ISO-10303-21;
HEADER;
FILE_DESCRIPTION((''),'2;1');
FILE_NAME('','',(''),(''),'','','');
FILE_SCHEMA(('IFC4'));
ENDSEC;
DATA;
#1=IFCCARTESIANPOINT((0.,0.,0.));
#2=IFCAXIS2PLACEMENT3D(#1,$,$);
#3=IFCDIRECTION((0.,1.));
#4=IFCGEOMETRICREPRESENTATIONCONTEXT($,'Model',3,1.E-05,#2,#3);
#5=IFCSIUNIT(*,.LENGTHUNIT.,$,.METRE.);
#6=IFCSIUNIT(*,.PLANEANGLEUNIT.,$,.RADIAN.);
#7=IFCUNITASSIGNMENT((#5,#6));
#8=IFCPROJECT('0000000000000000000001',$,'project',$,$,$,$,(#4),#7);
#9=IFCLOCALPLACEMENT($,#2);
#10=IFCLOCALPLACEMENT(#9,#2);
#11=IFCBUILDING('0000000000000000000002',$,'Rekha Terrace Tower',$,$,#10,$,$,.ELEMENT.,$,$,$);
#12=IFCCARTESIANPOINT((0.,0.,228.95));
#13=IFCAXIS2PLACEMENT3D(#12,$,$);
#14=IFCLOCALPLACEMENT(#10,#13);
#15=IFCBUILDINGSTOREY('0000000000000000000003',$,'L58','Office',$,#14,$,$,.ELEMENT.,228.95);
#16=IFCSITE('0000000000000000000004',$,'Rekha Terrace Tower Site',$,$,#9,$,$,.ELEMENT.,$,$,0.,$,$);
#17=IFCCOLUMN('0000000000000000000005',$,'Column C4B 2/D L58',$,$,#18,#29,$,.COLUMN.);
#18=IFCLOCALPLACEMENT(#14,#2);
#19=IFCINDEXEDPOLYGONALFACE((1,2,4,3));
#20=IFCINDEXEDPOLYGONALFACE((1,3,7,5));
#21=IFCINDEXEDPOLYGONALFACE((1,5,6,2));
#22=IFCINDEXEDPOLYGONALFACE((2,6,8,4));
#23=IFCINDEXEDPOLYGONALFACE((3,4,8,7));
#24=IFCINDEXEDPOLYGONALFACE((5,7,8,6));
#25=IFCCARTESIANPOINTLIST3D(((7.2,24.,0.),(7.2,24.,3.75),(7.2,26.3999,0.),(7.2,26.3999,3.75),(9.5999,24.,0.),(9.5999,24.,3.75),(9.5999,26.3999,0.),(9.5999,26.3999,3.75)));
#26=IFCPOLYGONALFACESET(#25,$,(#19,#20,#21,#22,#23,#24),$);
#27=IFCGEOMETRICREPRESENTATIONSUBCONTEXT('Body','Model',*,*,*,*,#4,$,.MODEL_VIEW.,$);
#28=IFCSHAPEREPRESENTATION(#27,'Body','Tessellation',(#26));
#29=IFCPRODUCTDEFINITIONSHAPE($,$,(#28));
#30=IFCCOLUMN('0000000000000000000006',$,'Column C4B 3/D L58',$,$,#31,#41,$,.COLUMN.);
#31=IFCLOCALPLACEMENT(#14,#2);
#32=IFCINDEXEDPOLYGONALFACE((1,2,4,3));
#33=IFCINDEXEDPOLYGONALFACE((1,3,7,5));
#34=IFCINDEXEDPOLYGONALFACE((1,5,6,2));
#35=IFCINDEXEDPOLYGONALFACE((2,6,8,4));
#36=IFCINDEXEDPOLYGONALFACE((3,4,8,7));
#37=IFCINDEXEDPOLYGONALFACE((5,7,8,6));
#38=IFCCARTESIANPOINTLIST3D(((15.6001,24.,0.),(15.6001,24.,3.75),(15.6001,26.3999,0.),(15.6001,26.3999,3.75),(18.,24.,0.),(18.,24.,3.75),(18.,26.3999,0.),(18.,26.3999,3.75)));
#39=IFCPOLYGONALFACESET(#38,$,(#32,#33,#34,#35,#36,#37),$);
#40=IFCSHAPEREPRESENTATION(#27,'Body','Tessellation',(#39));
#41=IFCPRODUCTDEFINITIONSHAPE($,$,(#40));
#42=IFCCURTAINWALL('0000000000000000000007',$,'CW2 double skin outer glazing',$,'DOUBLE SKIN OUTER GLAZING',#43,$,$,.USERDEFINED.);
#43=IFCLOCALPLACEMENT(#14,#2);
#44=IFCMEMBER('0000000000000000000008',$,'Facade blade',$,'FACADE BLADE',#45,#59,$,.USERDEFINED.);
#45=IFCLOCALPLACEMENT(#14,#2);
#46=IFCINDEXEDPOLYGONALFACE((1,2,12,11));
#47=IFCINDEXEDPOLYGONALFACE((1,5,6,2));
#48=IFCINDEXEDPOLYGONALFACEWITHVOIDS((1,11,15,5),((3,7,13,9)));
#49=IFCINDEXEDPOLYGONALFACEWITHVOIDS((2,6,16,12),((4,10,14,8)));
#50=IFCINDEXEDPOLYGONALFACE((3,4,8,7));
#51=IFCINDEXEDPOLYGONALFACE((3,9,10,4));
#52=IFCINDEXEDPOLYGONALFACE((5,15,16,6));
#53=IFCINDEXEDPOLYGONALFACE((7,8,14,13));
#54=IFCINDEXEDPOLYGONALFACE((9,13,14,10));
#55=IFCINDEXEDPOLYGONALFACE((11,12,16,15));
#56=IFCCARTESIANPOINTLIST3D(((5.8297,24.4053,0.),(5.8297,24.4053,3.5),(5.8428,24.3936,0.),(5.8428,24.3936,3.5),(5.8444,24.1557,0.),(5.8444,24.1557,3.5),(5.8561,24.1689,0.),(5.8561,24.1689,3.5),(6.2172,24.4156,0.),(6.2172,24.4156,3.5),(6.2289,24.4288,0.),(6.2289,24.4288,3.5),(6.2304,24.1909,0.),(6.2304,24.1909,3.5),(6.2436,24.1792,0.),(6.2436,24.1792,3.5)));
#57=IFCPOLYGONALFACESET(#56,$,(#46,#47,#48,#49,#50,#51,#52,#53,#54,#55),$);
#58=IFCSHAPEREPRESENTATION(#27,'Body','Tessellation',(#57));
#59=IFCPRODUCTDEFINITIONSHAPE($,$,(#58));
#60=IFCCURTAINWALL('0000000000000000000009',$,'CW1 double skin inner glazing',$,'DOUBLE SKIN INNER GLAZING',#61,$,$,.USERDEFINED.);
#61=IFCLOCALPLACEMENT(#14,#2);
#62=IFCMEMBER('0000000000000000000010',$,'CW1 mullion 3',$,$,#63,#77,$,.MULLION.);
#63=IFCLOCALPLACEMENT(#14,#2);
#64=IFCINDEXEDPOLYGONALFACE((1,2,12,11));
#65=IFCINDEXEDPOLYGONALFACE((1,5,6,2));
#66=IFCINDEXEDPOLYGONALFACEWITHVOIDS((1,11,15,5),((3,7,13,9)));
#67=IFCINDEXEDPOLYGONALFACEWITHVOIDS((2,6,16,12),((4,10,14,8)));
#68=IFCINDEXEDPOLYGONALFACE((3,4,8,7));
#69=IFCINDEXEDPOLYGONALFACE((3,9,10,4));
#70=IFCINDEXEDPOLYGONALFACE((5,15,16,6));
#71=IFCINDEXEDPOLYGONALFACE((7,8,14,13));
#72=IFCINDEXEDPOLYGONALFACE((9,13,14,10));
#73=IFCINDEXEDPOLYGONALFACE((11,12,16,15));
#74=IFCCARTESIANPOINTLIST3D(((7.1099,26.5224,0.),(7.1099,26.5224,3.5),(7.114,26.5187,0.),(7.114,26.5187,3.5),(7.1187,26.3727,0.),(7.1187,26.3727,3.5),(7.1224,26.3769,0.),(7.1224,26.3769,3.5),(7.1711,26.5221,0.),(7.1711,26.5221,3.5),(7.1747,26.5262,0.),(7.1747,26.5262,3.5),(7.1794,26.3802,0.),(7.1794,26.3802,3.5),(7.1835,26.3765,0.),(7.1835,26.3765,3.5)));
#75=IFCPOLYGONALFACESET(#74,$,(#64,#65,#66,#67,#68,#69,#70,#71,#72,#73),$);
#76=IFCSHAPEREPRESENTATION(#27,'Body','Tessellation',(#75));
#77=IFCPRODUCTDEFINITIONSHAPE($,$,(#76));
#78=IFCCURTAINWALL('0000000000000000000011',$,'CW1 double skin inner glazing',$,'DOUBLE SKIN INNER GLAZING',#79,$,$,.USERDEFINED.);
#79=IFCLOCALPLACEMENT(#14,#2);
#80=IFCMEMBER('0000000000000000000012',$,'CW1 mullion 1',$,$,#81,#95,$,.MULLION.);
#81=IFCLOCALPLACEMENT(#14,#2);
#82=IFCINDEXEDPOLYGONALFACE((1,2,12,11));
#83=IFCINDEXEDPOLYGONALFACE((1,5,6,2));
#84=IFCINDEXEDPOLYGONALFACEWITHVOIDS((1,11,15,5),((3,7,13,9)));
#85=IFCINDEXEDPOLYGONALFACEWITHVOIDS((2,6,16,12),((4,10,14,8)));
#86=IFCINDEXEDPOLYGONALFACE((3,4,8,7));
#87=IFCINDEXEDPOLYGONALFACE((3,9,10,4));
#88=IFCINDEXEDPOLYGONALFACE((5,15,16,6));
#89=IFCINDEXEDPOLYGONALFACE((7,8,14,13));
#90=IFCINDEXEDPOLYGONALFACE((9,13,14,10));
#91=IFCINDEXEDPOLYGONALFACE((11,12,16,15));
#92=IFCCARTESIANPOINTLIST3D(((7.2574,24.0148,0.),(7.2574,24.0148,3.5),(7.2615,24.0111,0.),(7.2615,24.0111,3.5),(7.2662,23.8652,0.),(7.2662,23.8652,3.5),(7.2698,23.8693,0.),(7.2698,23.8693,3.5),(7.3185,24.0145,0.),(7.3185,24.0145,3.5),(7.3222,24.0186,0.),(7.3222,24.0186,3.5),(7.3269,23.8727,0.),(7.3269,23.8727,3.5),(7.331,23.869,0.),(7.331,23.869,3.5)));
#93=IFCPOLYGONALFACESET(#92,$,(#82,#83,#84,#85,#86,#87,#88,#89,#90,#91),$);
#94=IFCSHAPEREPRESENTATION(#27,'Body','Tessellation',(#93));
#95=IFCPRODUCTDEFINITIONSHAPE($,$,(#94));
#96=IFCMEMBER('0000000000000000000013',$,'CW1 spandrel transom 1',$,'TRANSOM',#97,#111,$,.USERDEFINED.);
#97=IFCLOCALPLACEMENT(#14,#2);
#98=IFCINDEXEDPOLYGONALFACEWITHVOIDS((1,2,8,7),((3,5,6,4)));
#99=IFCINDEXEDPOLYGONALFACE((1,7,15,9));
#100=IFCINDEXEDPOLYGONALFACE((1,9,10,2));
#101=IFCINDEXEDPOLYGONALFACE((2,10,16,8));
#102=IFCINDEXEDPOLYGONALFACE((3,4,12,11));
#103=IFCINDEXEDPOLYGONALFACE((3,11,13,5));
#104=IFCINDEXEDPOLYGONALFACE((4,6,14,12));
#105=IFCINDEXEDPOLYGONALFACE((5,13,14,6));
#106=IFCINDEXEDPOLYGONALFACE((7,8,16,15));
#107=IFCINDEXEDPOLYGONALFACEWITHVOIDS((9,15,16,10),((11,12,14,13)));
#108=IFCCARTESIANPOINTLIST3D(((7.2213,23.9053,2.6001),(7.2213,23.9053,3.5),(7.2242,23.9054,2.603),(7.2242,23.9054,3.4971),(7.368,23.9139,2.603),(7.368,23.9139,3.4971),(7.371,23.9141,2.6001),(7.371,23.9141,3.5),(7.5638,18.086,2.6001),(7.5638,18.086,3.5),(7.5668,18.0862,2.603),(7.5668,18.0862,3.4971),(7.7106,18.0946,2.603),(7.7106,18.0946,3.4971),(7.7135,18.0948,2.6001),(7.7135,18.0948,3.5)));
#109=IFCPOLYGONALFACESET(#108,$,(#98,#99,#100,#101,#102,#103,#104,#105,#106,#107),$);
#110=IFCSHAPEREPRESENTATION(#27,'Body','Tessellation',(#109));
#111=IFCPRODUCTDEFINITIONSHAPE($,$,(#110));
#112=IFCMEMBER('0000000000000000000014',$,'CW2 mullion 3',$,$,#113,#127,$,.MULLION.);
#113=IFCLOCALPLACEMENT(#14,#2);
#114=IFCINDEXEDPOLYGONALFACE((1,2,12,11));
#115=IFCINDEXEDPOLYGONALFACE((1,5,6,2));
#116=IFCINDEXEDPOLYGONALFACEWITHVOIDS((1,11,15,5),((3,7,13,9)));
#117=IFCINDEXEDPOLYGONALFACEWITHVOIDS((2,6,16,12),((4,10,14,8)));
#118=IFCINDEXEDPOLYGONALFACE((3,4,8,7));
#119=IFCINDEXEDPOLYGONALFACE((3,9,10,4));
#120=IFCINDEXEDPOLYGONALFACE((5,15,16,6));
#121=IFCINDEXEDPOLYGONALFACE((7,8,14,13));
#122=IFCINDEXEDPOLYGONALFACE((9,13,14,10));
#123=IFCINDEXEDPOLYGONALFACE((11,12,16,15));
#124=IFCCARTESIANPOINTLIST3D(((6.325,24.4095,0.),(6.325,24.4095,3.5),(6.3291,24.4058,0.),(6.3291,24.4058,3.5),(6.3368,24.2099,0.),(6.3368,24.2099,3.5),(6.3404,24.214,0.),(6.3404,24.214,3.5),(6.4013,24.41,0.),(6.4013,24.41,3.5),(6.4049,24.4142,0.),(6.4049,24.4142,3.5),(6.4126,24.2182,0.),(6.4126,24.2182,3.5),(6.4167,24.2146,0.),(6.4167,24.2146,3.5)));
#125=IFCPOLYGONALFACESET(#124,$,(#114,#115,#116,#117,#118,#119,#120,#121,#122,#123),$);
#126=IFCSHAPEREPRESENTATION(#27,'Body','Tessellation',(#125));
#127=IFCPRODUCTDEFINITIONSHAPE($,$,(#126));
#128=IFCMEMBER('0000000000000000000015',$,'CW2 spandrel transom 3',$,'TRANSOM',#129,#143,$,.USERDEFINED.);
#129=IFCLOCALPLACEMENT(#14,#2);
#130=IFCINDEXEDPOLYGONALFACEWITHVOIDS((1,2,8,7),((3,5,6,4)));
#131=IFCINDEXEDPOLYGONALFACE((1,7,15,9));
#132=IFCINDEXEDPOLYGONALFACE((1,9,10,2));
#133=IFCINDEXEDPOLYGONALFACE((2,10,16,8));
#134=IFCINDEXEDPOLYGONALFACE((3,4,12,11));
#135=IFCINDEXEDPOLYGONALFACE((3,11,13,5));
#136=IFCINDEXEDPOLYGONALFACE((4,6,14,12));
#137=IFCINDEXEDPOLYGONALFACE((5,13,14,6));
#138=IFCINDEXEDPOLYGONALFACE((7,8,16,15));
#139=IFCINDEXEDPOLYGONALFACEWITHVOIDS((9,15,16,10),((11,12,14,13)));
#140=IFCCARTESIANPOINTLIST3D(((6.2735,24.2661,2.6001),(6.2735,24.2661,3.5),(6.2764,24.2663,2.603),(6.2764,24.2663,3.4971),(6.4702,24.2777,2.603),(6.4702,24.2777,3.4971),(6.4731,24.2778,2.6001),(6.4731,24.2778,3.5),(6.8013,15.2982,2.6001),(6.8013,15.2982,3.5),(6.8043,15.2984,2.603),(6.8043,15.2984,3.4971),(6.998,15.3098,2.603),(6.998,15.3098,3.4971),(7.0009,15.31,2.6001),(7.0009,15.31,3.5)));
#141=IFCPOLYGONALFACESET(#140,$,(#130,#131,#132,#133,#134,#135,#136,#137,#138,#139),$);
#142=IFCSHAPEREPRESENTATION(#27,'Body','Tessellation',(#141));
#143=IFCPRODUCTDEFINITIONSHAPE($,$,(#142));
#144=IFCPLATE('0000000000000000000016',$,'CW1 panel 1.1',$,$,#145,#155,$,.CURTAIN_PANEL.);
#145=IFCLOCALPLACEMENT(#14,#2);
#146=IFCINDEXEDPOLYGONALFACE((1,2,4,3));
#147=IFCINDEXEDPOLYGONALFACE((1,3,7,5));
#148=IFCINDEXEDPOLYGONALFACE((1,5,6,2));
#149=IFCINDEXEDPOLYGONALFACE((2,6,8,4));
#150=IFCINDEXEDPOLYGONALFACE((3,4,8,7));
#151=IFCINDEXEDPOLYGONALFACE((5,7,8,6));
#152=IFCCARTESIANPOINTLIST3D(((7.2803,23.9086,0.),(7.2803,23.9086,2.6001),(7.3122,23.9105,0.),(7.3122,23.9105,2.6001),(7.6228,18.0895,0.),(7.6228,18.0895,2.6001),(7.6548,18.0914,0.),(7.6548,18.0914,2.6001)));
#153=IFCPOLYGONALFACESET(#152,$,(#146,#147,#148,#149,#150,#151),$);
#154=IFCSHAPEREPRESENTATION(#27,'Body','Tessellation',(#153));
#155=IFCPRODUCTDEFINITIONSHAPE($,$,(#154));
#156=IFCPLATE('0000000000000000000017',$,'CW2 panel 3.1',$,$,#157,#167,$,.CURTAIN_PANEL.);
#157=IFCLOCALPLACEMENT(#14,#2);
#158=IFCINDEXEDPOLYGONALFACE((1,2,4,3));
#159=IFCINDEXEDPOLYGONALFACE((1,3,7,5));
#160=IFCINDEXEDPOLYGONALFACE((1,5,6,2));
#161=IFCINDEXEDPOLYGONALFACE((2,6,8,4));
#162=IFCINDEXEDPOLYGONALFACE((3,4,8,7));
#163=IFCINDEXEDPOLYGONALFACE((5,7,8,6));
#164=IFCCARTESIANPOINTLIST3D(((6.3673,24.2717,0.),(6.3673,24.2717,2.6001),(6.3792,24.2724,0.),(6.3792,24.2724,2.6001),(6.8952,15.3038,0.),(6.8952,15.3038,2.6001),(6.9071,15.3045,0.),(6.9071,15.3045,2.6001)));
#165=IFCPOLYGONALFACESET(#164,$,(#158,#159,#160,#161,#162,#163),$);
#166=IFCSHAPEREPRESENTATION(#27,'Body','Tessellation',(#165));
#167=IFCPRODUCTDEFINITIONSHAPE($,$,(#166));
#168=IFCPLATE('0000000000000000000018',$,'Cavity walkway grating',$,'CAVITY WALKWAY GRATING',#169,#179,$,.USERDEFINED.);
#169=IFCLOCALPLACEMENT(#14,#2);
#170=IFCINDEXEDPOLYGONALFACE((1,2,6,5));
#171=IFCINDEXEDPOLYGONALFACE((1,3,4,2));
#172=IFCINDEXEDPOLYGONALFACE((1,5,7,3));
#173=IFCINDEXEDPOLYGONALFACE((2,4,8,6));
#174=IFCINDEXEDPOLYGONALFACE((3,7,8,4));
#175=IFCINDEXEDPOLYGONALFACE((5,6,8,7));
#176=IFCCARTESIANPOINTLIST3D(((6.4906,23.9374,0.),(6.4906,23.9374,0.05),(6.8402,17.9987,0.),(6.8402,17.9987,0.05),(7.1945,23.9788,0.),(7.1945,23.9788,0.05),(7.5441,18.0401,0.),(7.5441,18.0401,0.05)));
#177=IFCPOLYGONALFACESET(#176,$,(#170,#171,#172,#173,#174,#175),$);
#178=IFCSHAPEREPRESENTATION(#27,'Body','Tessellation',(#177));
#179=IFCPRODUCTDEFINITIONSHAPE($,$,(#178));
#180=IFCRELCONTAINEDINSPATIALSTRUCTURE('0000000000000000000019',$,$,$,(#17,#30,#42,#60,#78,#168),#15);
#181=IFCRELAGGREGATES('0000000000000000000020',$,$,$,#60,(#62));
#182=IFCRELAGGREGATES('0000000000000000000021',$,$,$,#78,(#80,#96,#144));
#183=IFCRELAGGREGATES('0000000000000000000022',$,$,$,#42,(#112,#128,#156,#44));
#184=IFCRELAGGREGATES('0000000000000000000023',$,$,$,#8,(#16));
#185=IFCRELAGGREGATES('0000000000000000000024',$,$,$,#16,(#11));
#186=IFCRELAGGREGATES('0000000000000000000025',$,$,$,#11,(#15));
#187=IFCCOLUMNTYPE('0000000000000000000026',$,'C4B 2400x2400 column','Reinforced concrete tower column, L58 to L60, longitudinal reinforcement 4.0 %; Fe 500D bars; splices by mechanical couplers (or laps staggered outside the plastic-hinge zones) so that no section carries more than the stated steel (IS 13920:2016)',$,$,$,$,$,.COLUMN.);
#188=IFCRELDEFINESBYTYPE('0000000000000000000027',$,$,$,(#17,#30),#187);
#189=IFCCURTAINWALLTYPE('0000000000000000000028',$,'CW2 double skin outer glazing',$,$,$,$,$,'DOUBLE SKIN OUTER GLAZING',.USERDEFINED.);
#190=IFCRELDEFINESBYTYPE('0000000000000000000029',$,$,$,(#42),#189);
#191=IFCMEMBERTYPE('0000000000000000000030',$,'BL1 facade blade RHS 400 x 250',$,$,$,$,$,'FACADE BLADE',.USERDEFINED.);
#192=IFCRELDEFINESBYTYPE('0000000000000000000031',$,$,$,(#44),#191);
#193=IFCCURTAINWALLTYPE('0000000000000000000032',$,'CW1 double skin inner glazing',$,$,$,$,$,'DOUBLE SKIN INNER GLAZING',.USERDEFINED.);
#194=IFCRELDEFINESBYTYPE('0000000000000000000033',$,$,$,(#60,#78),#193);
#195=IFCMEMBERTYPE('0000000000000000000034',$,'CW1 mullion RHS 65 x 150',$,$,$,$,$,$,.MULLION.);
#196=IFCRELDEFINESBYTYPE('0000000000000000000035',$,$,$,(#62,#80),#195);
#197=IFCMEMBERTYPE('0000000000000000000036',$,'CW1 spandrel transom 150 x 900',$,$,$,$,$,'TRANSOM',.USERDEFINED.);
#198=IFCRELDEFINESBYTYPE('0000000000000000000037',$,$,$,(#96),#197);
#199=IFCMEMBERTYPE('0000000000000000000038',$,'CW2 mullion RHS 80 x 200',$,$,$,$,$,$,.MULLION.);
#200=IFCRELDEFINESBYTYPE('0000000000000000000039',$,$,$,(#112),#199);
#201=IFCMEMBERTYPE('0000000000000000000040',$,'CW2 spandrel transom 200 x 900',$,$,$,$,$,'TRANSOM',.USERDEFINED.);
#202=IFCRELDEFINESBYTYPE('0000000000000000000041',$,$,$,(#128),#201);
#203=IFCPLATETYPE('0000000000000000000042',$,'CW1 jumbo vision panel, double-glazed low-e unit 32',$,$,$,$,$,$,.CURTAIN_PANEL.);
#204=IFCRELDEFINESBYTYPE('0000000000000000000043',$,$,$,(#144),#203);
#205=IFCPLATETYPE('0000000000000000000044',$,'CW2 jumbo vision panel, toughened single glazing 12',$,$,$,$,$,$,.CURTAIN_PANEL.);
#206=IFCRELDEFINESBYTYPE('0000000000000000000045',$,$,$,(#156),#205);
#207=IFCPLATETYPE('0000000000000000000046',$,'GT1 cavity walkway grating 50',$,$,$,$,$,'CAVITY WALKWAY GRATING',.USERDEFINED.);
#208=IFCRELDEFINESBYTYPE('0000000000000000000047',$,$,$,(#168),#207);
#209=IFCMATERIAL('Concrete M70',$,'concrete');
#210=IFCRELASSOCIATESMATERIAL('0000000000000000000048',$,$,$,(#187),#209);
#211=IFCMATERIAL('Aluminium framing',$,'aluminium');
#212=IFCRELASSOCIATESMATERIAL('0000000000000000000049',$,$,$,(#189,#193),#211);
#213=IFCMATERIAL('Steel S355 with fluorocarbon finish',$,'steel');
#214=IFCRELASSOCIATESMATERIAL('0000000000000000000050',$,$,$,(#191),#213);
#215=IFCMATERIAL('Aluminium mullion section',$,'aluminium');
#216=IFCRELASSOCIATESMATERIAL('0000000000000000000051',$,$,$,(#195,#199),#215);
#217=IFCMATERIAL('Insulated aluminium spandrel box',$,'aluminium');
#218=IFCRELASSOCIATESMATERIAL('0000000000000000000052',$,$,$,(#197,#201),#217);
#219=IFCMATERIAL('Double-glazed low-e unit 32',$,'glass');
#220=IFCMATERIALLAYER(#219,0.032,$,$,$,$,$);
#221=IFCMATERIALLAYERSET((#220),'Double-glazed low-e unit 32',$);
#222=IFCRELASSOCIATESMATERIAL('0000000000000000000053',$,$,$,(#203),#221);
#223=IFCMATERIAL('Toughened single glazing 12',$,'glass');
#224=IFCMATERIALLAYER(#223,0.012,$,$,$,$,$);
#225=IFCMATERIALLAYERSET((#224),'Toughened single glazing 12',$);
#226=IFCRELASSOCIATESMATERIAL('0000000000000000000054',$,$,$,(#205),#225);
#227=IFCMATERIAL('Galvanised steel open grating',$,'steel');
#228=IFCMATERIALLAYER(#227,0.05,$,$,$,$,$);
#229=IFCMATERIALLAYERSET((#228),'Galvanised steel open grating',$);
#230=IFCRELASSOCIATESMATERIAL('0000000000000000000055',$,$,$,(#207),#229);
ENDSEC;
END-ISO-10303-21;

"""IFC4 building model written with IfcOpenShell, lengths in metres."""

from ifc_helpers import new_model, si_unit, direction, frame, origin, origin_2d, place, context, subcontext, project, spatial, rectangle, hollow_rectangle, extrude, material, layer, layer_set, material_profile, profile_set, type_object, element, aggregate, save


model = new_model("IFC4")

# Units and contexts
model_context = context("Model", 3, precision=1e-05, world=origin(), true_north=direction((0.0, 1.0)))
body_context = subcontext(model_context, "Body", "Model", "MODEL_VIEW")
ifc_project = project(units=[si_unit("LENGTHUNIT", "METRE"), si_unit("PLANEANGLEUNIT", "RADIAN")], contexts=[model_context])

# Site, building, storey
site_placement = place(None, origin())
site = spatial("IfcSite", under=ifc_project, at=site_placement, Name="Rekha Terrace Tower Site", CompositionType="ELEMENT", RefElevation=0.0)
building_placement = place(site_placement, origin())
building = spatial("IfcBuilding", under=site, at=building_placement, Name="Rekha Terrace Tower", CompositionType="ELEMENT")
storey_placement = place(building_placement, frame((0.0, 0.0, 228.95)))
storey = spatial("IfcBuildingStorey", under=building, at=storey_placement, Name="L58", Description="Office", CompositionType="ELEMENT", Elevation=228.95)

# Columns
ifc_material_1 = material(Name="Concrete M70", Category="concrete")
ifc_material_profile_1 = material_profile(ifc_material_1, rectangle(XDim=2.3999, YDim=2.3999, at=origin_2d()), Name="RC 2400x2400")
ifc_profile_set_1 = profile_set([ifc_material_profile_1], Name="Concrete M70")
column_type = type_object("IfcColumnType", Name="C4B 2400x2400 column", Description="Reinforced concrete tower column, L58 to L60, longitudinal reinforcement 4.0 %; Fe 500D bars; splices by mechanical couplers (or laps staggered outside the plastic-hinge zones) so that no section carries more than the stated steel (IS 13920:2016)", PredefinedType="COLUMN", material=ifc_profile_set_1)
for number, where, z_axis, x_axis, name in (
    (1, (8.3999, 25.2, 0.0), (0.0, 0.0, 1.0), (1.0, 0.0, 0.0), "Column C4B 2/D L58"),
    (2, (16.8, 25.2, 0.0), (0.0, 0.0, 1.0), (1.0, 0.0, 0.0), "Column C4B 3/D L58"),
):
    element("IfcColumn", number, at=place(storey_placement, frame(where, z_axis=z_axis, x_axis=x_axis)), inside=storey, type_object=column_type, Name=name, PredefinedType="COLUMN", context=body_context, shape_type="SweptSolid", body=[
        extrude(rectangle(XDim=2.3999, YDim=2.3999, at=origin_2d()), origin(), (0.0, 0.0, 1.0), 3.75),
    ])

# Curtain walls, members
ifc_material_2 = material(Name="Aluminium framing", Category="aluminium")
curtain_wall_type_1 = type_object("IfcCurtainWallType", Name="CW2 double skin outer glazing", ElementType="DOUBLE SKIN OUTER GLAZING", PredefinedType="USERDEFINED", material=ifc_material_2)
curtain_wall_1_placement = place(storey_placement, origin())
curtain_wall_1 = element("IfcCurtainWall", 3, at=curtain_wall_1_placement, inside=storey, type_object=curtain_wall_type_1, Name="CW2 double skin outer glazing", ObjectType="DOUBLE SKIN OUTER GLAZING", PredefinedType="USERDEFINED")
ifc_material_3 = material(Name="Steel S355 with fluorocarbon finish", Category="steel")
ifc_material_profile_2 = material_profile(ifc_material_3, hollow_rectangle(XDim=0.25, YDim=0.3999, WallThickness=0.0125, at=origin_2d()), Name="RHS400x250x12.5")
ifc_profile_set_2 = profile_set([ifc_material_profile_2], Name="Steel S355 with fluorocarbon finish")
member_type_1 = type_object("IfcMemberType", Name="BL1 facade blade RHS 400 x 250", ElementType="FACADE BLADE", PredefinedType="USERDEFINED", material=ifc_profile_set_2)
member_1_placement = place(storey_placement, frame((6.0366, 24.2922, 0.0), z_axis=(0.0, 0.0, 1.0), x_axis=(0.058765, -0.998272, 0.0)))
member_1 = element("IfcMember", 4, at=member_1_placement, type_object=member_type_1, Name="Facade blade", ObjectType="FACADE BLADE", PredefinedType="USERDEFINED", context=body_context, shape_type="SweptSolid", body=[
    extrude(hollow_rectangle(XDim=0.25, YDim=0.3999, WallThickness=0.0125, at=origin_2d()), origin(), (0.0, 0.0, 1.0), 3.5),
])
curtain_wall_type_2 = type_object("IfcCurtainWallType", Name="CW1 double skin inner glazing", ElementType="DOUBLE SKIN INNER GLAZING", PredefinedType="USERDEFINED", material=ifc_material_2)
curtain_wall_2_placement = place(storey_placement, origin())
curtain_wall_2 = element("IfcCurtainWall", 5, at=curtain_wall_2_placement, inside=storey, type_object=curtain_wall_type_2, Name="CW1 double skin inner glazing", ObjectType="DOUBLE SKIN INNER GLAZING", PredefinedType="USERDEFINED")
ifc_material_4 = material(Name="Aluminium mullion section", Category="aluminium")
ifc_material_profile_3 = material_profile(ifc_material_4, hollow_rectangle(XDim=0.0649, YDim=0.1499, WallThickness=0.0039, at=origin_2d()), Name="AL RHS 65x150")
ifc_profile_set_3 = profile_set([ifc_material_profile_3], Name="Aluminium mullion section")
member_type_2 = type_object("IfcMemberType", Name="CW1 mullion RHS 65 x 150", PredefinedType="MULLION", material=ifc_profile_set_3)
member_2_placement = place(storey_placement, frame((7.1467, 26.4495, 0.0), z_axis=(0.0, 0.0, 1.0), x_axis=(0.998272, 0.058765, 0.0)))
member_2 = element("IfcMember", 6, at=member_2_placement, type_object=member_type_2, Name="CW1 mullion 3", PredefinedType="MULLION", context=body_context, shape_type="SweptSolid", body=[
    extrude(hollow_rectangle(XDim=0.0649, YDim=0.1499, WallThickness=0.0039, at=origin_2d()), origin(), (0.0, 0.0, 1.0), 3.5),
])
aggregate(curtain_wall_2, [member_2])

# Curtain wall, members
curtain_wall_3_placement = place(storey_placement, origin())
curtain_wall_3 = element("IfcCurtainWall", 7, at=curtain_wall_3_placement, inside=storey, type_object=curtain_wall_type_2, Name="CW1 double skin inner glazing", ObjectType="DOUBLE SKIN INNER GLAZING", PredefinedType="USERDEFINED")
member_3_placement = place(storey_placement, frame((7.2942, 23.9419, 0.0), z_axis=(0.0, 0.0, 1.0), x_axis=(0.998272, 0.058765, 0.0)))
member_3 = element("IfcMember", 8, at=member_3_placement, type_object=member_type_2, Name="CW1 mullion 1", PredefinedType="MULLION", context=body_context, shape_type="SweptSolid", body=[
    extrude(hollow_rectangle(XDim=0.0649, YDim=0.1499, WallThickness=0.0039, at=origin_2d()), origin(), (0.0, 0.0, 1.0), 3.5),
])
ifc_material_5 = material(Name="Insulated aluminium spandrel box", Category="aluminium")
ifc_material_profile_4 = material_profile(ifc_material_5, hollow_rectangle(XDim=0.1499, YDim=0.8999, WallThickness=0.0029, at=origin_2d()), Name="AL SPANDREL BOX 150x900")
ifc_profile_set_4 = profile_set([ifc_material_profile_4], Name="Insulated aluminium spandrel box")
member_type_3 = type_object("IfcMemberType", Name="CW1 spandrel transom 150 x 900", ElementType="TRANSOM", PredefinedType="USERDEFINED", material=ifc_profile_set_4)
member_4_placement = place(storey_placement, frame((7.2961, 23.9097, 3.05), z_axis=(0.058759, -0.998272, 0.0), x_axis=(0.998272, 0.058759, 0.0)))
member_4 = element("IfcMember", 9, at=member_4_placement, type_object=member_type_3, Name="CW1 spandrel transom 1", ObjectType="TRANSOM", PredefinedType="USERDEFINED", context=body_context, shape_type="SweptSolid", body=[
    extrude(hollow_rectangle(XDim=0.1499, YDim=0.8999, WallThickness=0.0029, at=origin_2d()), origin(), (0.0, 0.0, 1.0), 5.8293),
])

# Members
ifc_material_profile_5 = material_profile(ifc_material_4, hollow_rectangle(XDim=0.0801, YDim=0.2, WallThickness=0.0039, at=origin_2d()), Name="AL RHS 80x200")
ifc_profile_set_5 = profile_set([ifc_material_profile_5], Name="Aluminium mullion section")
member_type_4 = type_object("IfcMemberType", Name="CW2 mullion RHS 80 x 200", PredefinedType="MULLION", material=ifc_profile_set_5)
member_5_placement = place(storey_placement, frame((6.3708, 24.312, 0.0), z_axis=(0.0, 0.0, 1.0), x_axis=(0.998272, 0.058765, 0.0)))
member_5 = element("IfcMember", 10, at=member_5_placement, type_object=member_type_4, Name="CW2 mullion 3", PredefinedType="MULLION", context=body_context, shape_type="SweptSolid", body=[
    extrude(hollow_rectangle(XDim=0.0801, YDim=0.2, WallThickness=0.0039, at=origin_2d()), origin(), (0.0, 0.0, 1.0), 3.5),
])
ifc_material_profile_6 = material_profile(ifc_material_5, hollow_rectangle(XDim=0.2, YDim=0.8999, WallThickness=0.0029, at=origin_2d()), Name="AL SPANDREL BOX 200x900")
ifc_profile_set_6 = profile_set([ifc_material_profile_6], Name="Insulated aluminium spandrel box")
member_type_5 = type_object("IfcMemberType", Name="CW2 spandrel transom 200 x 900", ElementType="TRANSOM", PredefinedType="USERDEFINED", material=ifc_profile_set_6)
member_6_placement = place(storey_placement, frame((6.3733, 24.272, 3.05), z_axis=(0.058757, -0.998272, 0.0), x_axis=(0.998272, 0.058757, 0.0)))
member_6 = element("IfcMember", 11, at=member_6_placement, type_object=member_type_5, Name="CW2 spandrel transom 3", ObjectType="TRANSOM", PredefinedType="USERDEFINED", context=body_context, shape_type="SweptSolid", body=[
    extrude(hollow_rectangle(XDim=0.2, YDim=0.8999, WallThickness=0.0029, at=origin_2d()), origin(), (0.0, 0.0, 1.0), 8.9834),
])

# Plates
ifc_material_6 = material(Name="Double-glazed low-e unit 32", Category="glass")
ifc_layer_1 = layer(ifc_material_6, 0.032)
ifc_layer_set_1 = layer_set([ifc_layer_1], Name="Double-glazed low-e unit 32")
plate_type_1 = type_object("IfcPlateType", Name="CW1 jumbo vision panel, double-glazed low-e unit 32", PredefinedType="CURTAIN_PANEL", material=ifc_layer_set_1)
plate_1_placement = place(storey_placement, frame((7.4675, 21.0, 0.0), z_axis=(0.0, 0.0, 1.0), x_axis=(0.058765, -0.998272, 0.0)))
plate_1 = element("IfcPlate", 12, at=plate_1_placement, type_object=plate_type_1, Name="CW1 panel 1.1", PredefinedType="CURTAIN_PANEL", context=body_context, shape_type="SweptSolid", body=[
    extrude(rectangle(XDim=5.8291, YDim=0.032, at=origin_2d()), origin(), (0.0, 0.0, 1.0), 2.6001),
])
aggregate(curtain_wall_3, [member_3, member_4, plate_1])
ifc_material_7 = material(Name="Toughened single glazing 12", Category="glass")
ifc_layer_2 = layer(ifc_material_7, 0.012)
ifc_layer_set_2 = layer_set([ifc_layer_2], Name="Toughened single glazing 12")
plate_type_2 = type_object("IfcPlateType", Name="CW2 jumbo vision panel, toughened single glazing 12", PredefinedType="CURTAIN_PANEL", material=ifc_layer_set_2)
plate_2_placement = place(storey_placement, frame((6.6372, 19.7881, 0.0), z_axis=(0.0, 0.0, 1.0), x_axis=(0.058765, -0.998272, 0.0)))
plate_2 = element("IfcPlate", 13, at=plate_2_placement, type_object=plate_type_2, Name="CW2 panel 3.1", PredefinedType="CURTAIN_PANEL", context=body_context, shape_type="SweptSolid", body=[
    extrude(rectangle(XDim=8.9834, YDim=0.012, at=origin_2d()), origin(), (0.0, 0.0, 1.0), 2.6001),
])
aggregate(curtain_wall_1, [member_5, member_6, plate_2, member_1])
ifc_material_8 = material(Name="Galvanised steel open grating", Category="steel")
ifc_layer_3 = layer(ifc_material_8, 0.05)
ifc_layer_set_3 = layer_set([ifc_layer_3], Name="Galvanised steel open grating")
plate_type_3 = type_object("IfcPlateType", Name="GT1 cavity walkway grating 50", ElementType="CAVITY WALKWAY GRATING", PredefinedType="USERDEFINED", material=ifc_layer_set_3)
plate_3_placement = place(storey_placement, frame((7.0173, 20.9888, 0.0), z_axis=(0.0, 0.0, 1.0), x_axis=(0.058765, -0.998272, 0.0)))
element("IfcPlate", 14, at=plate_3_placement, inside=storey, type_object=plate_type_3, Name="Cavity walkway grating", ObjectType="CAVITY WALKWAY GRATING", PredefinedType="USERDEFINED", context=body_context, shape_type="SweptSolid", body=[
    extrude(rectangle(XDim=5.949, YDim=0.7051, at=origin_2d()), origin(), (0.0, 0.0, 1.0), 0.05),
])

save(model, "model.ifc")
